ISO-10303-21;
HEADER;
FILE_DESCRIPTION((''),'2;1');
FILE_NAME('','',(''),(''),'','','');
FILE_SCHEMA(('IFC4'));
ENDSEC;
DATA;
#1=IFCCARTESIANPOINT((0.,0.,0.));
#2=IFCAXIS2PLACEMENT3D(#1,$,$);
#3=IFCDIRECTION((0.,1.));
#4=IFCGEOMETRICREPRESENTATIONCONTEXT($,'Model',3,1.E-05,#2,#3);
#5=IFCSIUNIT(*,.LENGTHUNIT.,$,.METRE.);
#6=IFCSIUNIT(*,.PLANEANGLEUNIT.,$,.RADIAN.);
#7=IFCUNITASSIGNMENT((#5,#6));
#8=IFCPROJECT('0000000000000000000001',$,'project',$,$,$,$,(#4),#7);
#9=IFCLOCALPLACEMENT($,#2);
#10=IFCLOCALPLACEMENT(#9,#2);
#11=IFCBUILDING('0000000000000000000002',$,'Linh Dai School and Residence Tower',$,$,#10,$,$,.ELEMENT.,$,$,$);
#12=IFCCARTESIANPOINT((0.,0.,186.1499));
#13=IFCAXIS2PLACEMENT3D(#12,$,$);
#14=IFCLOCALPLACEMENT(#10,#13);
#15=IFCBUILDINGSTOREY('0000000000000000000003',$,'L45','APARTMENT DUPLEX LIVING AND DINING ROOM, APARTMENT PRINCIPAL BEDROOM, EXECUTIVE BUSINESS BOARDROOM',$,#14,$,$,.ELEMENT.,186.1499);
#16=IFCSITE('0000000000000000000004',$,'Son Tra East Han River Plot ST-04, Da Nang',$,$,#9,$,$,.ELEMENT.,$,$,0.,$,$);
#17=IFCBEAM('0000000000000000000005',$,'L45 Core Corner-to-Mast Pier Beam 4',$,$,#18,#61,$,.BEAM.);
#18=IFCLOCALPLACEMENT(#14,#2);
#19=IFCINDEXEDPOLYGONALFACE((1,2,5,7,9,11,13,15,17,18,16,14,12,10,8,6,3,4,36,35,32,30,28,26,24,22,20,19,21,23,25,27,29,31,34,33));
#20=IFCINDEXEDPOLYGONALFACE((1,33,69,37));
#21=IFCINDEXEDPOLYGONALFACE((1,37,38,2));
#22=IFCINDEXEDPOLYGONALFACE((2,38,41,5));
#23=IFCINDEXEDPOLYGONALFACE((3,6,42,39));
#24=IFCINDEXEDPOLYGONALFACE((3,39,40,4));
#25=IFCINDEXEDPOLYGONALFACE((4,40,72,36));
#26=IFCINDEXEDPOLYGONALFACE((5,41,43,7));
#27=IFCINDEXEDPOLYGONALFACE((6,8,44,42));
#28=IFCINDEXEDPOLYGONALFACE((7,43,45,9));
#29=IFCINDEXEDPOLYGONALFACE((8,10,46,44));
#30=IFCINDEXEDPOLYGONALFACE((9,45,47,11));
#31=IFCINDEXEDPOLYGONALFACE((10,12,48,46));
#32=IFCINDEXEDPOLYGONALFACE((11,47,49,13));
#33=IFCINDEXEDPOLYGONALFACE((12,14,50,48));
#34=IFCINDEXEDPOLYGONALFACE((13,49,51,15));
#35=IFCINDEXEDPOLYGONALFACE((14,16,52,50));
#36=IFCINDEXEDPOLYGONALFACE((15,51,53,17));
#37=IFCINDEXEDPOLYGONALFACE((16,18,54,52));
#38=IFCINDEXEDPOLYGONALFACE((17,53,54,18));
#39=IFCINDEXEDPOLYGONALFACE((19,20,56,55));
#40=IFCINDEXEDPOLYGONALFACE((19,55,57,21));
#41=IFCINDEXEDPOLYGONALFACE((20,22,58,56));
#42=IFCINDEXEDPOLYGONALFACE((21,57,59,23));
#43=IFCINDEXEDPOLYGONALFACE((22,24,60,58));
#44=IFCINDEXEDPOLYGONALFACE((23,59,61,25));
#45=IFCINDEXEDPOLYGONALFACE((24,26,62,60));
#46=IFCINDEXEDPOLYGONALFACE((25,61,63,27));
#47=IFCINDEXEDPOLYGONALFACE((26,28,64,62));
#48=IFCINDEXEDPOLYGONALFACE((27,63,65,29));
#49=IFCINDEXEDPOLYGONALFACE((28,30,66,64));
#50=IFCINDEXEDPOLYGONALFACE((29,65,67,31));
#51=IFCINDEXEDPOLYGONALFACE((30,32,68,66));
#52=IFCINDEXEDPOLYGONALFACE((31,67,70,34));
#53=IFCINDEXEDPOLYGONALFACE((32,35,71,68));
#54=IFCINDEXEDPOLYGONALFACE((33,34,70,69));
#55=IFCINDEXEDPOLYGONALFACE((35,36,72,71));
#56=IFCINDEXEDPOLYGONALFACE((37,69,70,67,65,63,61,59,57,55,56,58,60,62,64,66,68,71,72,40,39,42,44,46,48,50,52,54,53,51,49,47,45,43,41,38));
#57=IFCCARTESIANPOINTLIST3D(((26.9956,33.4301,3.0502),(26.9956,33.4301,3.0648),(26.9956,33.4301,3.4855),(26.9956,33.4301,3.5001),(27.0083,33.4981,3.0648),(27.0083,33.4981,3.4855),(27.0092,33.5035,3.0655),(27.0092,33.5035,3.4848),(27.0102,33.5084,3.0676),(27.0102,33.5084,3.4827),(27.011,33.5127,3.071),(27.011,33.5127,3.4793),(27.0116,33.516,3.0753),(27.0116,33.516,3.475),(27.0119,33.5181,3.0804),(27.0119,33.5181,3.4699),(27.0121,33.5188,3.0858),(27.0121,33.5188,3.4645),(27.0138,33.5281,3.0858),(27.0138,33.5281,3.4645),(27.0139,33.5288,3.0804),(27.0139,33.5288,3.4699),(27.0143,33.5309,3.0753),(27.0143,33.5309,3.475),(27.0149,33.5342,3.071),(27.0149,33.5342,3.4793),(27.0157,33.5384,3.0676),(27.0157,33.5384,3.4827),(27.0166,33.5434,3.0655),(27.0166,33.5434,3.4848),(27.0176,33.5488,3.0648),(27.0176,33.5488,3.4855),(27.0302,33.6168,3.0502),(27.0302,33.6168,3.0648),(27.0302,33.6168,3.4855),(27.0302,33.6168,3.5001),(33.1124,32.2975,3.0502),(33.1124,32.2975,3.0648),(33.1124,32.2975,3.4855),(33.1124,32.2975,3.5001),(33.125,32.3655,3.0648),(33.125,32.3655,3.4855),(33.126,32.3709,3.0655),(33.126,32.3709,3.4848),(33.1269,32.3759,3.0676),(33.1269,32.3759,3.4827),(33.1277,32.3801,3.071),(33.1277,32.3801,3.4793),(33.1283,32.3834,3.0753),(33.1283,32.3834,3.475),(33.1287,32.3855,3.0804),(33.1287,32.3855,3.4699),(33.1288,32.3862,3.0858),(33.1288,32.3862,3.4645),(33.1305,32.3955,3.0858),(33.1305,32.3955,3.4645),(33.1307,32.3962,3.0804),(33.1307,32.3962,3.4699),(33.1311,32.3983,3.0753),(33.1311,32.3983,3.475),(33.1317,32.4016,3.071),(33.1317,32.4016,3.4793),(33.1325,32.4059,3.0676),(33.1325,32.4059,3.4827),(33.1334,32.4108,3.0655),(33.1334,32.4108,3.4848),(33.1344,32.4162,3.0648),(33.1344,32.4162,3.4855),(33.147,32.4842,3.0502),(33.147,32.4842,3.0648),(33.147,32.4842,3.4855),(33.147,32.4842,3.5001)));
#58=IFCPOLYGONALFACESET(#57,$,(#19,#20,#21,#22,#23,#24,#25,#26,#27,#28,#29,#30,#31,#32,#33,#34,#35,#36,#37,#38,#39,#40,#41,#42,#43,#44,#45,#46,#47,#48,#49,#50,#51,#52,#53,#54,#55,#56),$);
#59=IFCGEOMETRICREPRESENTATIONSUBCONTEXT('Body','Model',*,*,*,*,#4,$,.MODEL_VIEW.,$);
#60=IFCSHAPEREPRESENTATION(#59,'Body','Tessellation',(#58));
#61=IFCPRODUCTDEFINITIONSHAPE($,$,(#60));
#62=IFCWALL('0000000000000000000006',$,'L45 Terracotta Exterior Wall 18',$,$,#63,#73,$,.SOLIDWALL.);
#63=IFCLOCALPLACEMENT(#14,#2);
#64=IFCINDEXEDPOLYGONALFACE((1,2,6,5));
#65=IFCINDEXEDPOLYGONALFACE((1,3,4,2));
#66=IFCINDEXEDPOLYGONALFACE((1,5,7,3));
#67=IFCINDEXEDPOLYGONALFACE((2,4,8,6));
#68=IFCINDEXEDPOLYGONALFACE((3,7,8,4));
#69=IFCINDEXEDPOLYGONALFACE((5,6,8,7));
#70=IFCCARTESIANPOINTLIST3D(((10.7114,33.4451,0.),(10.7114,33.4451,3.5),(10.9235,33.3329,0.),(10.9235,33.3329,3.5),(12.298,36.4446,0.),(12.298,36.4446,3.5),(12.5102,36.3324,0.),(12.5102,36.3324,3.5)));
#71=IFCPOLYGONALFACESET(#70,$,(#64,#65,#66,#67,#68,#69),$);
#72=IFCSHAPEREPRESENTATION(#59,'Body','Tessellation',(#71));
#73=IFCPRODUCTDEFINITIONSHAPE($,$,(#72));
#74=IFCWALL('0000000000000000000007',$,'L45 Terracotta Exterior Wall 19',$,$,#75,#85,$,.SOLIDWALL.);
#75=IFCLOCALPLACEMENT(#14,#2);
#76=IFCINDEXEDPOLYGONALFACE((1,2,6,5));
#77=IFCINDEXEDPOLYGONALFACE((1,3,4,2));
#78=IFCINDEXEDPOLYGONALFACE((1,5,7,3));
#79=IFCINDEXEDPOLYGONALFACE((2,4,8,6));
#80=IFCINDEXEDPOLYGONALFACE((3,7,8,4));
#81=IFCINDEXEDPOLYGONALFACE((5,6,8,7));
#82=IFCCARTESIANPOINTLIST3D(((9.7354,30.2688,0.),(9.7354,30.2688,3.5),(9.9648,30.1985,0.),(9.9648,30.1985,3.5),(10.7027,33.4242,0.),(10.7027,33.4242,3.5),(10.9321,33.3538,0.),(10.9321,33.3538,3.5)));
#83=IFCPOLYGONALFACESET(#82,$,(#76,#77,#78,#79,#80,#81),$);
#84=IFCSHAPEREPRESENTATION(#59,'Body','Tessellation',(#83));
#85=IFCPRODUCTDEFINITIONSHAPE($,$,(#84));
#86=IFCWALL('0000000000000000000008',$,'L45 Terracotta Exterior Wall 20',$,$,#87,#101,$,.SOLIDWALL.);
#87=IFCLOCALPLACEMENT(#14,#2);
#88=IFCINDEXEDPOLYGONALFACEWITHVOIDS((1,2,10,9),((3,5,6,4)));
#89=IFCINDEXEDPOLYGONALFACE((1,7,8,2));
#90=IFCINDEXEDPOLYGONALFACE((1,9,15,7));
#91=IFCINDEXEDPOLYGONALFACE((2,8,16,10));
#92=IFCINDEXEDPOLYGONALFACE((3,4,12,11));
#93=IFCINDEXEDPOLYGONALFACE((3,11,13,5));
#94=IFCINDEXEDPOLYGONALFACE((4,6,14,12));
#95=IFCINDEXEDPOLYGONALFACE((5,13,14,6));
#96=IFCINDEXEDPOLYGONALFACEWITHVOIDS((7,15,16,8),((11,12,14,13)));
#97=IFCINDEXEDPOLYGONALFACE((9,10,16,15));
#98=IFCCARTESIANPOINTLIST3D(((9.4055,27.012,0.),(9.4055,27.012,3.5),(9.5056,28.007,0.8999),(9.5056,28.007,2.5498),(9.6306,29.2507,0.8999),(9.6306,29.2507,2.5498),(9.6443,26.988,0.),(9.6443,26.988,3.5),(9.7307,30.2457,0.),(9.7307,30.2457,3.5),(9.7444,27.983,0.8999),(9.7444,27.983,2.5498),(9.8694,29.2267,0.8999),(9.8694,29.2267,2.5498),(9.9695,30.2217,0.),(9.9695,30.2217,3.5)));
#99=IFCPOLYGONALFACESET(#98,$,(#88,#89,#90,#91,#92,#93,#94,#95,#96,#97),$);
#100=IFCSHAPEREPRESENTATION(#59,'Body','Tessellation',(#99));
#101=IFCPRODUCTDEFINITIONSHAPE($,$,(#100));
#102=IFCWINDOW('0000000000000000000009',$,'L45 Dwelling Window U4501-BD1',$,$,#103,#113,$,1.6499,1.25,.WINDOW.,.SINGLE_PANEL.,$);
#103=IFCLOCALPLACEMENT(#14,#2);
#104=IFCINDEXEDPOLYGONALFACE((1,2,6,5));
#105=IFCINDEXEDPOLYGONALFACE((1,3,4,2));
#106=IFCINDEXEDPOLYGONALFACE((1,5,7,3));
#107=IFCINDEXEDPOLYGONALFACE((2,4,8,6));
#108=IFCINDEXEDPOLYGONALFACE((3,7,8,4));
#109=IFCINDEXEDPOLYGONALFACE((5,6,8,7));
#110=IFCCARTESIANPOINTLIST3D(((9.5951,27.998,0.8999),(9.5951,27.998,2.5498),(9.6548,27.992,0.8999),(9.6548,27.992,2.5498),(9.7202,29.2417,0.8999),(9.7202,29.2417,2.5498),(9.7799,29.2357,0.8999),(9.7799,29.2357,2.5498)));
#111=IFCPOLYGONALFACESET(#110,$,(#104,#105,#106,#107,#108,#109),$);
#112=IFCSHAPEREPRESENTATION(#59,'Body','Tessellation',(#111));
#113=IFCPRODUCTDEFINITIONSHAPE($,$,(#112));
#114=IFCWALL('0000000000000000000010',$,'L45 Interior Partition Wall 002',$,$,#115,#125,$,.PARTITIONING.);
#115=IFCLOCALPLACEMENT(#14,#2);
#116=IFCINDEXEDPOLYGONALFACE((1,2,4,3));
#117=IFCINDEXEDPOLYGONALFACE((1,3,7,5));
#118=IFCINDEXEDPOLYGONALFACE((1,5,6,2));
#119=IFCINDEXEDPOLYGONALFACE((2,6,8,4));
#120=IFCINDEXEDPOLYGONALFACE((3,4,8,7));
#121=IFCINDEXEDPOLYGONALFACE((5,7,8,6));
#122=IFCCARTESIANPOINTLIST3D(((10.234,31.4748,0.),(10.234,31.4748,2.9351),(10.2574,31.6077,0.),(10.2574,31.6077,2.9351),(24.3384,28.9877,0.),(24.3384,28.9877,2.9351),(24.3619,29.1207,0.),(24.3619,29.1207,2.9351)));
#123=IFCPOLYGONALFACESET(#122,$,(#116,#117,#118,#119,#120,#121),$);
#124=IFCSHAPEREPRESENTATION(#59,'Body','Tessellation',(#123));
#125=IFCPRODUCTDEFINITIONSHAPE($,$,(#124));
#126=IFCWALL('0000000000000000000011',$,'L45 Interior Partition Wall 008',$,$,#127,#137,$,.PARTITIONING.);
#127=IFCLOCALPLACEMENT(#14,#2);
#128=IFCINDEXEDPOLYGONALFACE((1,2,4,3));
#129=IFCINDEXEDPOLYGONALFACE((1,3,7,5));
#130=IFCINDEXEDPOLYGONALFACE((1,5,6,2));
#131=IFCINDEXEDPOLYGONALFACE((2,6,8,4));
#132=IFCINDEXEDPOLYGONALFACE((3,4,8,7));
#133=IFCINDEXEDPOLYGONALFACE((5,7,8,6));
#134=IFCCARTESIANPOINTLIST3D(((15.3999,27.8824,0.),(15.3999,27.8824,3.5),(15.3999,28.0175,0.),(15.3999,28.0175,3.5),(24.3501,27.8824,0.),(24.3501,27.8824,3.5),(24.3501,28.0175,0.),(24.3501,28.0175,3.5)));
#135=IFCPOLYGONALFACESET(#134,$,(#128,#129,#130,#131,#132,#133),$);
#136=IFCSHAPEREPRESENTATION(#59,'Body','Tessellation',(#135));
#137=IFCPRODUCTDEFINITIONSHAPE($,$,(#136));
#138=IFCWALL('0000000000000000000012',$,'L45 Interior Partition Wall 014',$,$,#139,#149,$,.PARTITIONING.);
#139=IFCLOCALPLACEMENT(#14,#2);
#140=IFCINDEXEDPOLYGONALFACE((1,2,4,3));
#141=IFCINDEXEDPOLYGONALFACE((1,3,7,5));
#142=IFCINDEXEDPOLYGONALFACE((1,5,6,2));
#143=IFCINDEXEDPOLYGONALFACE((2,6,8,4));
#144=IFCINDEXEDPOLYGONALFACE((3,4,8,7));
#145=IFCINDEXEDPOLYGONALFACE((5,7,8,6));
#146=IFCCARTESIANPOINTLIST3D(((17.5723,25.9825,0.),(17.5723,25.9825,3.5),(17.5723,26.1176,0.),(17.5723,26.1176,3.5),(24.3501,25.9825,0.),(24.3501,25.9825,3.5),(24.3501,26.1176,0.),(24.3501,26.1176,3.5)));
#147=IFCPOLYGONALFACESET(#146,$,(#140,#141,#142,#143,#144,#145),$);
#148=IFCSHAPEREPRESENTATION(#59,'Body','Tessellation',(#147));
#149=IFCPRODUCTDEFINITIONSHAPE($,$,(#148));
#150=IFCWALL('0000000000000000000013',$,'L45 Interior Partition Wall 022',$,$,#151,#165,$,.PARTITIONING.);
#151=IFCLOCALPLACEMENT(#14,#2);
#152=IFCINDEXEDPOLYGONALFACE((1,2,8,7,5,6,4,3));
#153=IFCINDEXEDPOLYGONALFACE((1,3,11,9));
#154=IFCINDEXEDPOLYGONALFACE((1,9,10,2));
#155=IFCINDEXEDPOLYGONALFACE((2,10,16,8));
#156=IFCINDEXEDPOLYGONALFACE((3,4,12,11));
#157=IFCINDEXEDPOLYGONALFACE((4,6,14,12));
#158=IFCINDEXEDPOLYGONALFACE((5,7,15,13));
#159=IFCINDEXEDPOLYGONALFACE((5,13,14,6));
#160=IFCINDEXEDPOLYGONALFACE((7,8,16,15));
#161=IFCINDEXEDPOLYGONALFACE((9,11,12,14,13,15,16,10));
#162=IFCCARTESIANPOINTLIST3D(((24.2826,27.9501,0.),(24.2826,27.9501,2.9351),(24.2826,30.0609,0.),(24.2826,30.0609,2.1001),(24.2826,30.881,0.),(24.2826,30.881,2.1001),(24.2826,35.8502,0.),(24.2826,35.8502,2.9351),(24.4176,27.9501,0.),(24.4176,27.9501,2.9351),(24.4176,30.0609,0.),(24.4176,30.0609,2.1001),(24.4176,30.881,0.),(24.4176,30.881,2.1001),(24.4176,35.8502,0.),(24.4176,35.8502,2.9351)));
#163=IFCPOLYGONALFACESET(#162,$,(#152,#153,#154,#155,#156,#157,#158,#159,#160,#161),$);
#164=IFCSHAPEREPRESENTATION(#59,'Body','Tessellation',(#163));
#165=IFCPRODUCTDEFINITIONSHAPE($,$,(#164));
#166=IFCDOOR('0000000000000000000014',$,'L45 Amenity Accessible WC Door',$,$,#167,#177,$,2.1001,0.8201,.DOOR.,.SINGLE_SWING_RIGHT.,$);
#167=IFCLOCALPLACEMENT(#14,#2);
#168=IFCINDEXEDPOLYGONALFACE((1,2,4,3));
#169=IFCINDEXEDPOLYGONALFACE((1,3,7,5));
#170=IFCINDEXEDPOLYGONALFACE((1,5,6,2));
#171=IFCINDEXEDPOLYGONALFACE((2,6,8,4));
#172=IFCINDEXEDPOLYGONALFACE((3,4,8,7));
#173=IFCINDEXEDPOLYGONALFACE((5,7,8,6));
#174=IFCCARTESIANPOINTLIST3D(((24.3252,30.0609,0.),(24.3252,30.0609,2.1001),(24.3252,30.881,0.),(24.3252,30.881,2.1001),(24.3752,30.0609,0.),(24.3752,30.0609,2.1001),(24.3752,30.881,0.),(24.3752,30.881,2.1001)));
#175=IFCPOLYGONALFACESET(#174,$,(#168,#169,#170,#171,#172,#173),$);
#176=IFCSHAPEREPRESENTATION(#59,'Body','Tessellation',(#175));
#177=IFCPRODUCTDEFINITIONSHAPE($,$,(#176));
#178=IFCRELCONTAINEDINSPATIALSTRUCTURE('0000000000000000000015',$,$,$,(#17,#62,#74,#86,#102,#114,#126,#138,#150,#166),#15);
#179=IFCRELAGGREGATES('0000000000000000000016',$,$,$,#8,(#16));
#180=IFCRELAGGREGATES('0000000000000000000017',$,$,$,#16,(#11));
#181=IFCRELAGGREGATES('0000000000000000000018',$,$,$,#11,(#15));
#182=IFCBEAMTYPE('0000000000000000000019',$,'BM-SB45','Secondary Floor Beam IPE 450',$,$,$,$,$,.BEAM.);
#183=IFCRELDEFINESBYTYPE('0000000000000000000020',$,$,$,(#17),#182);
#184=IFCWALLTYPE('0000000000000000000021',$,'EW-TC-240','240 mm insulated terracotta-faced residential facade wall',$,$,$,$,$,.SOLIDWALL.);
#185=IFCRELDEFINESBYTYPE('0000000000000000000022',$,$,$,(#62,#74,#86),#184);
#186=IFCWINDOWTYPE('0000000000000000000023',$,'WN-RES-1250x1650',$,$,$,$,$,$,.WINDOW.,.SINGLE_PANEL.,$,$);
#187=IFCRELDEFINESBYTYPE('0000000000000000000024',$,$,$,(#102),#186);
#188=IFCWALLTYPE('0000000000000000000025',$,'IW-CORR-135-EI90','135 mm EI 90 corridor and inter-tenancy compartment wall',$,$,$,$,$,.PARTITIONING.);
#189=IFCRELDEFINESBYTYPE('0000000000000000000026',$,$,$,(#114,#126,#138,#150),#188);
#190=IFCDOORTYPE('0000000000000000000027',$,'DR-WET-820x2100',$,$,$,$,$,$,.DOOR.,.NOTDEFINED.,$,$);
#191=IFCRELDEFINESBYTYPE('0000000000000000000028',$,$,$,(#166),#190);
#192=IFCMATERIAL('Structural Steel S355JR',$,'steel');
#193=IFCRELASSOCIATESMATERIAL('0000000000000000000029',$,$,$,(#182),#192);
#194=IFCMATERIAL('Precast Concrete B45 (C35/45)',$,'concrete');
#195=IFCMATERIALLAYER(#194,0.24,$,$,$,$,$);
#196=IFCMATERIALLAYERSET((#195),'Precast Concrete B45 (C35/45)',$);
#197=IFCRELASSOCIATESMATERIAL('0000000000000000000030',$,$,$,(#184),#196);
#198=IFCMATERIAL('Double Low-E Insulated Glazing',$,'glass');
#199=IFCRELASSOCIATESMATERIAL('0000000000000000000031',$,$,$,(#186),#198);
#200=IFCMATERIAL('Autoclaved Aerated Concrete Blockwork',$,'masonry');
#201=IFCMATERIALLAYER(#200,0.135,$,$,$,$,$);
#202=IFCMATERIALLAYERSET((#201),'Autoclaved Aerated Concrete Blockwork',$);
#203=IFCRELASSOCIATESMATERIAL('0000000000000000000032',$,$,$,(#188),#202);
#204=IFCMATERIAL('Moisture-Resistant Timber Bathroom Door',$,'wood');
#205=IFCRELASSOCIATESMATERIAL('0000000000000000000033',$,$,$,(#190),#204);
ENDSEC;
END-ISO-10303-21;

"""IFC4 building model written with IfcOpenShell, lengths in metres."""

from ifc_helpers import new_model, si_unit, direction, frame, frame_2d, origin, origin_2d, place, context, subcontext, project, spatial, rectangle, i_section, extrude, source, transform, mapped, material, layer, layer_set, material_profile, profile_set, type_object, element, fill, save


model = new_model("IFC4")

# Units and contexts
model_context = context("Model", 3, precision=1e-05, world=origin(), true_north=direction((0.0, 1.0)))
body_context = subcontext(model_context, "Body", "Model", "MODEL_VIEW")
ifc_project = project(units=[si_unit("LENGTHUNIT", "METRE"), si_unit("PLANEANGLEUNIT", "RADIAN")], contexts=[model_context])

# Site, building, storey
site_placement = place(None, origin())
site = spatial("IfcSite", under=ifc_project, at=site_placement, Name="Son Tra East Han River Plot ST-04, Da Nang", CompositionType="ELEMENT", RefElevation=0.0)
building_placement = place(site_placement, origin())
building = spatial("IfcBuilding", under=site, at=building_placement, Name="Linh Dai School and Residence Tower", CompositionType="ELEMENT")
storey_placement = place(building_placement, frame((0.0, 0.0, 186.1499)))
storey = spatial("IfcBuildingStorey", under=building, at=storey_placement, Name="L45", Description="APARTMENT DUPLEX LIVING AND DINING ROOM, APARTMENT PRINCIPAL BEDROOM, EXECUTIVE BUSINESS BOARDROOM", CompositionType="ELEMENT", Elevation=186.1499)

# Shared definitions
ifc_material_1 = material(Name="Structural Steel S355JR", Category="steel")

# Beam
ifc_material_profile_1 = material_profile(ifc_material_1, i_section(OverallWidth=0.1899, OverallDepth=0.45, WebThickness=0.0095, FlangeThickness=0.0146, FilletRadius=0.021, at=origin_2d()), Name="IPE 450")
ifc_profile_set_1 = profile_set([ifc_material_profile_1], Name="Structural Steel S355JR")
beam_type_1 = type_object("IfcBeamType", Name="BM-SB45", Description="Secondary Floor Beam IPE 450", PredefinedType="BEAM", material=ifc_profile_set_1)
beam_1_placement = place(storey_placement, frame((27.0129, 33.5234, 3.2751), z_axis=(0.983286, -0.182065, 0.0), x_axis=(0.182065, 0.983286, 0.0)))
element("IfcBeam", 1, at=beam_1_placement, inside=storey, type_object=beam_type_1, Name="L45 Core Corner-to-Mast Pier Beam 4", PredefinedType="BEAM", context=body_context, shape_type="SweptSolid", body=[
    extrude(i_section(OverallWidth=0.1899, OverallDepth=0.45, WebThickness=0.0095, FlangeThickness=0.0146, FilletRadius=0.021, at=origin_2d()), origin(), (0.0, 0.0, 1.0), 6.2207),
])

# Walls
ifc_material_2 = material(Name="Precast Concrete B45 (C35/45)", Category="concrete")
ifc_layer_1 = layer(ifc_material_2, 0.24)
ifc_layer_set_1 = layer_set([ifc_layer_1], Name="Precast Concrete B45 (C35/45)")
wall_type_1 = type_object("IfcWallType", Name="EW-TC-240", Description="240 mm insulated terracotta-faced residential facade wall", PredefinedType="SOLIDWALL", material=ifc_layer_set_1)
wall_1_placement = place(storey_placement, frame((10.8174, 33.3889, 0.0), z_axis=(0.0, 0.0, 1.0), x_axis=(0.467587, 0.883947, 0.0)))
element("IfcWall", 2, at=wall_1_placement, inside=storey, type_object=wall_type_1, Name="L45 Terracotta Exterior Wall 18", PredefinedType="SOLIDWALL", context=body_context, shape_type="SweptSolid", body=[
    extrude(rectangle(XDim=3.3933, YDim=0.24, at=frame_2d((1.6968, 0.0))), origin(), (0.0, 0.0, 1.0), 3.5),
])
wall_2_placement = place(storey_placement, frame((9.8501, 30.2336, 0.0), z_axis=(0.0, 0.0, 1.0), x_axis=(0.293098, 0.956082, 0.0)))
element("IfcWall", 3, at=wall_2_placement, inside=storey, type_object=wall_type_1, Name="L45 Terracotta Exterior Wall 19", PredefinedType="SOLIDWALL", context=body_context, shape_type="SweptSolid", body=[
    extrude(rectangle(XDim=3.3003, YDim=0.24, at=frame_2d((1.6501, 0.0))), origin(), (0.0, 0.0, 1.0), 3.5),
])

# Wall, opening, window
wall_3_placement = place(storey_placement, frame((9.5249, 27.0, 0.0), z_axis=(0.0, 0.0, 1.0), x_axis=(0.100062, 0.994981, 0.0)))
wall_3 = element("IfcWall", 4, at=wall_3_placement, inside=storey, type_object=wall_type_1, Name="L45 Terracotta Exterior Wall 20", PredefinedType="SOLIDWALL", context=body_context, shape_type="SweptSolid", body=[
    extrude(rectangle(XDim=3.25, YDim=0.24, at=frame_2d((1.625, 0.0))), origin(), (0.0, 0.0, 1.0), 3.5),
])
opening_1_placement = place(wall_3_placement, frame((1.0, 0.0, 0.8999)))
opening_1 = element("IfcOpeningElement", 5, at=opening_1_placement, cuts=wall_3, PredefinedType="OPENING", context=body_context, shape_type="SweptSolid", body=[
    extrude(rectangle(XDim=1.25, YDim=1.6499, at=origin_2d()), frame((0.625, 0.1299, 0.825), z_axis=(0.0, -1.0, 0.0), x_axis=(1.0, 0.0, 0.0)), (0.0, 0.0, 1.0), 0.26),
])
ifc_material_3 = material(Name="Double Low-E Insulated Glazing", Category="glass")
window_type = type_object("IfcWindowType", Name="WN-RES-1250x1650", PartitioningType="SINGLE_PANEL", PredefinedType="WINDOW", material=ifc_material_3)
shared_shape_1 = source(origin(), body_context, "Body", "SweptSolid", [
    extrude(rectangle(XDim=1.25, YDim=1.6499, at=origin_2d()), frame((0.625, 0.03, 0.825), z_axis=(0.0, -1.0, 0.0), x_axis=(1.0, 0.0, 0.0)), (0.0, 0.0, 1.0), 0.0601),
])
window_placement = place(opening_1_placement, origin())
window = element("IfcWindow", 6, at=window_placement, inside=storey, type_object=window_type, Name="L45 Dwelling Window U4501-BD1", OverallHeight=1.6499, OverallWidth=1.25, PartitioningType="SINGLE_PANEL", PredefinedType="WINDOW", context=body_context, shape_type="MappedRepresentation", body=[
    mapped(shared_shape_1, transform((0.0, 0.0, 0.0), x_axis=(1.0, 0.0, 0.0), y_axis=(0.0, 1.0, 0.0), z_axis=(0.0, 0.0, 1.0), scale=1.0)),
])
fill(opening_1, window)

# Walls
ifc_material_4 = material(Name="Autoclaved Aerated Concrete Blockwork", Category="masonry")
ifc_layer_2 = layer(ifc_material_4, 0.135)
ifc_layer_set_2 = layer_set([ifc_layer_2], Name="Autoclaved Aerated Concrete Blockwork")
wall_type_2 = type_object("IfcWallType", Name="IW-CORR-135-EI90", Description="135 mm EI 90 corridor and inter-tenancy compartment wall", PredefinedType="PARTITIONING", material=ifc_layer_set_2)
wall_4_placement = place(storey_placement, frame((10.2456, 31.5413, 0.0), z_axis=(0.0, 0.0, 1.0), x_axis=(0.984807, -0.173652, 0.0)))
element("IfcWall", 7, at=wall_4_placement, inside=storey, type_object=wall_type_2, Name="L45 Interior Partition Wall 002", PredefinedType="PARTITIONING", context=body_context, shape_type="SweptSolid", body=[
    extrude(rectangle(XDim=14.322, YDim=0.135, at=frame_2d((7.1611, 0.0))), origin(), (0.0, 0.0, 1.0), 2.9351),
])
wall_5_placement = place(storey_placement, frame((15.3999, 27.95, 0.0), z_axis=(0.0, 0.0, 1.0), x_axis=(1.0, 0.0, 0.0)))
element("IfcWall", 8, at=wall_5_placement, inside=storey, type_object=wall_type_2, Name="L45 Interior Partition Wall 008", PredefinedType="PARTITIONING", context=body_context, shape_type="SweptSolid", body=[
    extrude(rectangle(XDim=8.9502, YDim=0.135, at=frame_2d((4.4751, 0.0))), origin(), (0.0, 0.0, 1.0), 3.5),
])
wall_6_placement = place(storey_placement, frame((17.5723, 26.05, 0.0), z_axis=(0.0, 0.0, 1.0), x_axis=(1.0, 0.0, 0.0)))
element("IfcWall", 9, at=wall_6_placement, inside=storey, type_object=wall_type_2, Name="L45 Interior Partition Wall 014", PredefinedType="PARTITIONING", context=body_context, shape_type="SweptSolid", body=[
    extrude(rectangle(XDim=6.7778, YDim=0.135, at=frame_2d((3.3889, 0.0))), origin(), (0.0, 0.0, 1.0), 3.5),
])

# Wall, opening, door
wall_7_placement = place(storey_placement, frame((24.3501, 27.95, 0.0), z_axis=(0.0, 0.0, 1.0), x_axis=(0.0, 1.0, 0.0)))
wall_7 = element("IfcWall", 10, at=wall_7_placement, inside=storey, type_object=wall_type_2, Name="L45 Interior Partition Wall 022", PredefinedType="PARTITIONING", context=body_context, shape_type="SweptSolid", body=[
    extrude(rectangle(XDim=7.9001, YDim=0.135, at=frame_2d((3.9502, 0.0))), origin(), (0.0, 0.0, 1.0), 2.9351),
])
opening_2_placement = place(wall_7_placement, frame((2.1108, 0.0, 0.0)))
opening_2 = element("IfcOpeningElement", 11, at=opening_2_placement, cuts=wall_7, PredefinedType="OPENING", context=body_context, shape_type="SweptSolid", body=[
    extrude(rectangle(XDim=0.8201, YDim=2.1001, at=origin_2d()), frame((0.4102, 0.0776, 1.05), z_axis=(0.0, -1.0, 0.0), x_axis=(1.0, 0.0, 0.0)), (0.0, 0.0, 1.0), 0.155),
])
ifc_material_5 = material(Name="Moisture-Resistant Timber Bathroom Door", Category="wood")
door_type_1 = type_object("IfcDoorType", Name="DR-WET-820x2100", OperationType="NOTDEFINED", PredefinedType="DOOR", material=ifc_material_5)
shared_shape_2 = source(origin(), body_context, "Body", "SweptSolid", [
    extrude(rectangle(XDim=0.8201, YDim=2.1001, at=origin_2d()), frame((0.4102, 0.0249, 1.05), z_axis=(0.0, -1.0, 0.0), x_axis=(1.0, 0.0, 0.0)), (0.0, 0.0, 1.0), 0.05),
])
door_1_placement = place(opening_2_placement, origin())
door_1 = element("IfcDoor", 12, at=door_1_placement, inside=storey, type_object=door_type_1, Name="L45 Amenity Accessible WC Door", OperationType="SINGLE_SWING_RIGHT", OverallHeight=2.1001, OverallWidth=0.8201, PredefinedType="DOOR", context=body_context, shape_type="MappedRepresentation", body=[
    mapped(shared_shape_2, transform((0.0, 0.0, 0.0), x_axis=(1.0, 0.0, 0.0), y_axis=(0.0, 1.0, 0.0), z_axis=(0.0, 0.0, 1.0), scale=1.0)),
])
fill(opening_2, door_1)

save(model, "model.ifc")
